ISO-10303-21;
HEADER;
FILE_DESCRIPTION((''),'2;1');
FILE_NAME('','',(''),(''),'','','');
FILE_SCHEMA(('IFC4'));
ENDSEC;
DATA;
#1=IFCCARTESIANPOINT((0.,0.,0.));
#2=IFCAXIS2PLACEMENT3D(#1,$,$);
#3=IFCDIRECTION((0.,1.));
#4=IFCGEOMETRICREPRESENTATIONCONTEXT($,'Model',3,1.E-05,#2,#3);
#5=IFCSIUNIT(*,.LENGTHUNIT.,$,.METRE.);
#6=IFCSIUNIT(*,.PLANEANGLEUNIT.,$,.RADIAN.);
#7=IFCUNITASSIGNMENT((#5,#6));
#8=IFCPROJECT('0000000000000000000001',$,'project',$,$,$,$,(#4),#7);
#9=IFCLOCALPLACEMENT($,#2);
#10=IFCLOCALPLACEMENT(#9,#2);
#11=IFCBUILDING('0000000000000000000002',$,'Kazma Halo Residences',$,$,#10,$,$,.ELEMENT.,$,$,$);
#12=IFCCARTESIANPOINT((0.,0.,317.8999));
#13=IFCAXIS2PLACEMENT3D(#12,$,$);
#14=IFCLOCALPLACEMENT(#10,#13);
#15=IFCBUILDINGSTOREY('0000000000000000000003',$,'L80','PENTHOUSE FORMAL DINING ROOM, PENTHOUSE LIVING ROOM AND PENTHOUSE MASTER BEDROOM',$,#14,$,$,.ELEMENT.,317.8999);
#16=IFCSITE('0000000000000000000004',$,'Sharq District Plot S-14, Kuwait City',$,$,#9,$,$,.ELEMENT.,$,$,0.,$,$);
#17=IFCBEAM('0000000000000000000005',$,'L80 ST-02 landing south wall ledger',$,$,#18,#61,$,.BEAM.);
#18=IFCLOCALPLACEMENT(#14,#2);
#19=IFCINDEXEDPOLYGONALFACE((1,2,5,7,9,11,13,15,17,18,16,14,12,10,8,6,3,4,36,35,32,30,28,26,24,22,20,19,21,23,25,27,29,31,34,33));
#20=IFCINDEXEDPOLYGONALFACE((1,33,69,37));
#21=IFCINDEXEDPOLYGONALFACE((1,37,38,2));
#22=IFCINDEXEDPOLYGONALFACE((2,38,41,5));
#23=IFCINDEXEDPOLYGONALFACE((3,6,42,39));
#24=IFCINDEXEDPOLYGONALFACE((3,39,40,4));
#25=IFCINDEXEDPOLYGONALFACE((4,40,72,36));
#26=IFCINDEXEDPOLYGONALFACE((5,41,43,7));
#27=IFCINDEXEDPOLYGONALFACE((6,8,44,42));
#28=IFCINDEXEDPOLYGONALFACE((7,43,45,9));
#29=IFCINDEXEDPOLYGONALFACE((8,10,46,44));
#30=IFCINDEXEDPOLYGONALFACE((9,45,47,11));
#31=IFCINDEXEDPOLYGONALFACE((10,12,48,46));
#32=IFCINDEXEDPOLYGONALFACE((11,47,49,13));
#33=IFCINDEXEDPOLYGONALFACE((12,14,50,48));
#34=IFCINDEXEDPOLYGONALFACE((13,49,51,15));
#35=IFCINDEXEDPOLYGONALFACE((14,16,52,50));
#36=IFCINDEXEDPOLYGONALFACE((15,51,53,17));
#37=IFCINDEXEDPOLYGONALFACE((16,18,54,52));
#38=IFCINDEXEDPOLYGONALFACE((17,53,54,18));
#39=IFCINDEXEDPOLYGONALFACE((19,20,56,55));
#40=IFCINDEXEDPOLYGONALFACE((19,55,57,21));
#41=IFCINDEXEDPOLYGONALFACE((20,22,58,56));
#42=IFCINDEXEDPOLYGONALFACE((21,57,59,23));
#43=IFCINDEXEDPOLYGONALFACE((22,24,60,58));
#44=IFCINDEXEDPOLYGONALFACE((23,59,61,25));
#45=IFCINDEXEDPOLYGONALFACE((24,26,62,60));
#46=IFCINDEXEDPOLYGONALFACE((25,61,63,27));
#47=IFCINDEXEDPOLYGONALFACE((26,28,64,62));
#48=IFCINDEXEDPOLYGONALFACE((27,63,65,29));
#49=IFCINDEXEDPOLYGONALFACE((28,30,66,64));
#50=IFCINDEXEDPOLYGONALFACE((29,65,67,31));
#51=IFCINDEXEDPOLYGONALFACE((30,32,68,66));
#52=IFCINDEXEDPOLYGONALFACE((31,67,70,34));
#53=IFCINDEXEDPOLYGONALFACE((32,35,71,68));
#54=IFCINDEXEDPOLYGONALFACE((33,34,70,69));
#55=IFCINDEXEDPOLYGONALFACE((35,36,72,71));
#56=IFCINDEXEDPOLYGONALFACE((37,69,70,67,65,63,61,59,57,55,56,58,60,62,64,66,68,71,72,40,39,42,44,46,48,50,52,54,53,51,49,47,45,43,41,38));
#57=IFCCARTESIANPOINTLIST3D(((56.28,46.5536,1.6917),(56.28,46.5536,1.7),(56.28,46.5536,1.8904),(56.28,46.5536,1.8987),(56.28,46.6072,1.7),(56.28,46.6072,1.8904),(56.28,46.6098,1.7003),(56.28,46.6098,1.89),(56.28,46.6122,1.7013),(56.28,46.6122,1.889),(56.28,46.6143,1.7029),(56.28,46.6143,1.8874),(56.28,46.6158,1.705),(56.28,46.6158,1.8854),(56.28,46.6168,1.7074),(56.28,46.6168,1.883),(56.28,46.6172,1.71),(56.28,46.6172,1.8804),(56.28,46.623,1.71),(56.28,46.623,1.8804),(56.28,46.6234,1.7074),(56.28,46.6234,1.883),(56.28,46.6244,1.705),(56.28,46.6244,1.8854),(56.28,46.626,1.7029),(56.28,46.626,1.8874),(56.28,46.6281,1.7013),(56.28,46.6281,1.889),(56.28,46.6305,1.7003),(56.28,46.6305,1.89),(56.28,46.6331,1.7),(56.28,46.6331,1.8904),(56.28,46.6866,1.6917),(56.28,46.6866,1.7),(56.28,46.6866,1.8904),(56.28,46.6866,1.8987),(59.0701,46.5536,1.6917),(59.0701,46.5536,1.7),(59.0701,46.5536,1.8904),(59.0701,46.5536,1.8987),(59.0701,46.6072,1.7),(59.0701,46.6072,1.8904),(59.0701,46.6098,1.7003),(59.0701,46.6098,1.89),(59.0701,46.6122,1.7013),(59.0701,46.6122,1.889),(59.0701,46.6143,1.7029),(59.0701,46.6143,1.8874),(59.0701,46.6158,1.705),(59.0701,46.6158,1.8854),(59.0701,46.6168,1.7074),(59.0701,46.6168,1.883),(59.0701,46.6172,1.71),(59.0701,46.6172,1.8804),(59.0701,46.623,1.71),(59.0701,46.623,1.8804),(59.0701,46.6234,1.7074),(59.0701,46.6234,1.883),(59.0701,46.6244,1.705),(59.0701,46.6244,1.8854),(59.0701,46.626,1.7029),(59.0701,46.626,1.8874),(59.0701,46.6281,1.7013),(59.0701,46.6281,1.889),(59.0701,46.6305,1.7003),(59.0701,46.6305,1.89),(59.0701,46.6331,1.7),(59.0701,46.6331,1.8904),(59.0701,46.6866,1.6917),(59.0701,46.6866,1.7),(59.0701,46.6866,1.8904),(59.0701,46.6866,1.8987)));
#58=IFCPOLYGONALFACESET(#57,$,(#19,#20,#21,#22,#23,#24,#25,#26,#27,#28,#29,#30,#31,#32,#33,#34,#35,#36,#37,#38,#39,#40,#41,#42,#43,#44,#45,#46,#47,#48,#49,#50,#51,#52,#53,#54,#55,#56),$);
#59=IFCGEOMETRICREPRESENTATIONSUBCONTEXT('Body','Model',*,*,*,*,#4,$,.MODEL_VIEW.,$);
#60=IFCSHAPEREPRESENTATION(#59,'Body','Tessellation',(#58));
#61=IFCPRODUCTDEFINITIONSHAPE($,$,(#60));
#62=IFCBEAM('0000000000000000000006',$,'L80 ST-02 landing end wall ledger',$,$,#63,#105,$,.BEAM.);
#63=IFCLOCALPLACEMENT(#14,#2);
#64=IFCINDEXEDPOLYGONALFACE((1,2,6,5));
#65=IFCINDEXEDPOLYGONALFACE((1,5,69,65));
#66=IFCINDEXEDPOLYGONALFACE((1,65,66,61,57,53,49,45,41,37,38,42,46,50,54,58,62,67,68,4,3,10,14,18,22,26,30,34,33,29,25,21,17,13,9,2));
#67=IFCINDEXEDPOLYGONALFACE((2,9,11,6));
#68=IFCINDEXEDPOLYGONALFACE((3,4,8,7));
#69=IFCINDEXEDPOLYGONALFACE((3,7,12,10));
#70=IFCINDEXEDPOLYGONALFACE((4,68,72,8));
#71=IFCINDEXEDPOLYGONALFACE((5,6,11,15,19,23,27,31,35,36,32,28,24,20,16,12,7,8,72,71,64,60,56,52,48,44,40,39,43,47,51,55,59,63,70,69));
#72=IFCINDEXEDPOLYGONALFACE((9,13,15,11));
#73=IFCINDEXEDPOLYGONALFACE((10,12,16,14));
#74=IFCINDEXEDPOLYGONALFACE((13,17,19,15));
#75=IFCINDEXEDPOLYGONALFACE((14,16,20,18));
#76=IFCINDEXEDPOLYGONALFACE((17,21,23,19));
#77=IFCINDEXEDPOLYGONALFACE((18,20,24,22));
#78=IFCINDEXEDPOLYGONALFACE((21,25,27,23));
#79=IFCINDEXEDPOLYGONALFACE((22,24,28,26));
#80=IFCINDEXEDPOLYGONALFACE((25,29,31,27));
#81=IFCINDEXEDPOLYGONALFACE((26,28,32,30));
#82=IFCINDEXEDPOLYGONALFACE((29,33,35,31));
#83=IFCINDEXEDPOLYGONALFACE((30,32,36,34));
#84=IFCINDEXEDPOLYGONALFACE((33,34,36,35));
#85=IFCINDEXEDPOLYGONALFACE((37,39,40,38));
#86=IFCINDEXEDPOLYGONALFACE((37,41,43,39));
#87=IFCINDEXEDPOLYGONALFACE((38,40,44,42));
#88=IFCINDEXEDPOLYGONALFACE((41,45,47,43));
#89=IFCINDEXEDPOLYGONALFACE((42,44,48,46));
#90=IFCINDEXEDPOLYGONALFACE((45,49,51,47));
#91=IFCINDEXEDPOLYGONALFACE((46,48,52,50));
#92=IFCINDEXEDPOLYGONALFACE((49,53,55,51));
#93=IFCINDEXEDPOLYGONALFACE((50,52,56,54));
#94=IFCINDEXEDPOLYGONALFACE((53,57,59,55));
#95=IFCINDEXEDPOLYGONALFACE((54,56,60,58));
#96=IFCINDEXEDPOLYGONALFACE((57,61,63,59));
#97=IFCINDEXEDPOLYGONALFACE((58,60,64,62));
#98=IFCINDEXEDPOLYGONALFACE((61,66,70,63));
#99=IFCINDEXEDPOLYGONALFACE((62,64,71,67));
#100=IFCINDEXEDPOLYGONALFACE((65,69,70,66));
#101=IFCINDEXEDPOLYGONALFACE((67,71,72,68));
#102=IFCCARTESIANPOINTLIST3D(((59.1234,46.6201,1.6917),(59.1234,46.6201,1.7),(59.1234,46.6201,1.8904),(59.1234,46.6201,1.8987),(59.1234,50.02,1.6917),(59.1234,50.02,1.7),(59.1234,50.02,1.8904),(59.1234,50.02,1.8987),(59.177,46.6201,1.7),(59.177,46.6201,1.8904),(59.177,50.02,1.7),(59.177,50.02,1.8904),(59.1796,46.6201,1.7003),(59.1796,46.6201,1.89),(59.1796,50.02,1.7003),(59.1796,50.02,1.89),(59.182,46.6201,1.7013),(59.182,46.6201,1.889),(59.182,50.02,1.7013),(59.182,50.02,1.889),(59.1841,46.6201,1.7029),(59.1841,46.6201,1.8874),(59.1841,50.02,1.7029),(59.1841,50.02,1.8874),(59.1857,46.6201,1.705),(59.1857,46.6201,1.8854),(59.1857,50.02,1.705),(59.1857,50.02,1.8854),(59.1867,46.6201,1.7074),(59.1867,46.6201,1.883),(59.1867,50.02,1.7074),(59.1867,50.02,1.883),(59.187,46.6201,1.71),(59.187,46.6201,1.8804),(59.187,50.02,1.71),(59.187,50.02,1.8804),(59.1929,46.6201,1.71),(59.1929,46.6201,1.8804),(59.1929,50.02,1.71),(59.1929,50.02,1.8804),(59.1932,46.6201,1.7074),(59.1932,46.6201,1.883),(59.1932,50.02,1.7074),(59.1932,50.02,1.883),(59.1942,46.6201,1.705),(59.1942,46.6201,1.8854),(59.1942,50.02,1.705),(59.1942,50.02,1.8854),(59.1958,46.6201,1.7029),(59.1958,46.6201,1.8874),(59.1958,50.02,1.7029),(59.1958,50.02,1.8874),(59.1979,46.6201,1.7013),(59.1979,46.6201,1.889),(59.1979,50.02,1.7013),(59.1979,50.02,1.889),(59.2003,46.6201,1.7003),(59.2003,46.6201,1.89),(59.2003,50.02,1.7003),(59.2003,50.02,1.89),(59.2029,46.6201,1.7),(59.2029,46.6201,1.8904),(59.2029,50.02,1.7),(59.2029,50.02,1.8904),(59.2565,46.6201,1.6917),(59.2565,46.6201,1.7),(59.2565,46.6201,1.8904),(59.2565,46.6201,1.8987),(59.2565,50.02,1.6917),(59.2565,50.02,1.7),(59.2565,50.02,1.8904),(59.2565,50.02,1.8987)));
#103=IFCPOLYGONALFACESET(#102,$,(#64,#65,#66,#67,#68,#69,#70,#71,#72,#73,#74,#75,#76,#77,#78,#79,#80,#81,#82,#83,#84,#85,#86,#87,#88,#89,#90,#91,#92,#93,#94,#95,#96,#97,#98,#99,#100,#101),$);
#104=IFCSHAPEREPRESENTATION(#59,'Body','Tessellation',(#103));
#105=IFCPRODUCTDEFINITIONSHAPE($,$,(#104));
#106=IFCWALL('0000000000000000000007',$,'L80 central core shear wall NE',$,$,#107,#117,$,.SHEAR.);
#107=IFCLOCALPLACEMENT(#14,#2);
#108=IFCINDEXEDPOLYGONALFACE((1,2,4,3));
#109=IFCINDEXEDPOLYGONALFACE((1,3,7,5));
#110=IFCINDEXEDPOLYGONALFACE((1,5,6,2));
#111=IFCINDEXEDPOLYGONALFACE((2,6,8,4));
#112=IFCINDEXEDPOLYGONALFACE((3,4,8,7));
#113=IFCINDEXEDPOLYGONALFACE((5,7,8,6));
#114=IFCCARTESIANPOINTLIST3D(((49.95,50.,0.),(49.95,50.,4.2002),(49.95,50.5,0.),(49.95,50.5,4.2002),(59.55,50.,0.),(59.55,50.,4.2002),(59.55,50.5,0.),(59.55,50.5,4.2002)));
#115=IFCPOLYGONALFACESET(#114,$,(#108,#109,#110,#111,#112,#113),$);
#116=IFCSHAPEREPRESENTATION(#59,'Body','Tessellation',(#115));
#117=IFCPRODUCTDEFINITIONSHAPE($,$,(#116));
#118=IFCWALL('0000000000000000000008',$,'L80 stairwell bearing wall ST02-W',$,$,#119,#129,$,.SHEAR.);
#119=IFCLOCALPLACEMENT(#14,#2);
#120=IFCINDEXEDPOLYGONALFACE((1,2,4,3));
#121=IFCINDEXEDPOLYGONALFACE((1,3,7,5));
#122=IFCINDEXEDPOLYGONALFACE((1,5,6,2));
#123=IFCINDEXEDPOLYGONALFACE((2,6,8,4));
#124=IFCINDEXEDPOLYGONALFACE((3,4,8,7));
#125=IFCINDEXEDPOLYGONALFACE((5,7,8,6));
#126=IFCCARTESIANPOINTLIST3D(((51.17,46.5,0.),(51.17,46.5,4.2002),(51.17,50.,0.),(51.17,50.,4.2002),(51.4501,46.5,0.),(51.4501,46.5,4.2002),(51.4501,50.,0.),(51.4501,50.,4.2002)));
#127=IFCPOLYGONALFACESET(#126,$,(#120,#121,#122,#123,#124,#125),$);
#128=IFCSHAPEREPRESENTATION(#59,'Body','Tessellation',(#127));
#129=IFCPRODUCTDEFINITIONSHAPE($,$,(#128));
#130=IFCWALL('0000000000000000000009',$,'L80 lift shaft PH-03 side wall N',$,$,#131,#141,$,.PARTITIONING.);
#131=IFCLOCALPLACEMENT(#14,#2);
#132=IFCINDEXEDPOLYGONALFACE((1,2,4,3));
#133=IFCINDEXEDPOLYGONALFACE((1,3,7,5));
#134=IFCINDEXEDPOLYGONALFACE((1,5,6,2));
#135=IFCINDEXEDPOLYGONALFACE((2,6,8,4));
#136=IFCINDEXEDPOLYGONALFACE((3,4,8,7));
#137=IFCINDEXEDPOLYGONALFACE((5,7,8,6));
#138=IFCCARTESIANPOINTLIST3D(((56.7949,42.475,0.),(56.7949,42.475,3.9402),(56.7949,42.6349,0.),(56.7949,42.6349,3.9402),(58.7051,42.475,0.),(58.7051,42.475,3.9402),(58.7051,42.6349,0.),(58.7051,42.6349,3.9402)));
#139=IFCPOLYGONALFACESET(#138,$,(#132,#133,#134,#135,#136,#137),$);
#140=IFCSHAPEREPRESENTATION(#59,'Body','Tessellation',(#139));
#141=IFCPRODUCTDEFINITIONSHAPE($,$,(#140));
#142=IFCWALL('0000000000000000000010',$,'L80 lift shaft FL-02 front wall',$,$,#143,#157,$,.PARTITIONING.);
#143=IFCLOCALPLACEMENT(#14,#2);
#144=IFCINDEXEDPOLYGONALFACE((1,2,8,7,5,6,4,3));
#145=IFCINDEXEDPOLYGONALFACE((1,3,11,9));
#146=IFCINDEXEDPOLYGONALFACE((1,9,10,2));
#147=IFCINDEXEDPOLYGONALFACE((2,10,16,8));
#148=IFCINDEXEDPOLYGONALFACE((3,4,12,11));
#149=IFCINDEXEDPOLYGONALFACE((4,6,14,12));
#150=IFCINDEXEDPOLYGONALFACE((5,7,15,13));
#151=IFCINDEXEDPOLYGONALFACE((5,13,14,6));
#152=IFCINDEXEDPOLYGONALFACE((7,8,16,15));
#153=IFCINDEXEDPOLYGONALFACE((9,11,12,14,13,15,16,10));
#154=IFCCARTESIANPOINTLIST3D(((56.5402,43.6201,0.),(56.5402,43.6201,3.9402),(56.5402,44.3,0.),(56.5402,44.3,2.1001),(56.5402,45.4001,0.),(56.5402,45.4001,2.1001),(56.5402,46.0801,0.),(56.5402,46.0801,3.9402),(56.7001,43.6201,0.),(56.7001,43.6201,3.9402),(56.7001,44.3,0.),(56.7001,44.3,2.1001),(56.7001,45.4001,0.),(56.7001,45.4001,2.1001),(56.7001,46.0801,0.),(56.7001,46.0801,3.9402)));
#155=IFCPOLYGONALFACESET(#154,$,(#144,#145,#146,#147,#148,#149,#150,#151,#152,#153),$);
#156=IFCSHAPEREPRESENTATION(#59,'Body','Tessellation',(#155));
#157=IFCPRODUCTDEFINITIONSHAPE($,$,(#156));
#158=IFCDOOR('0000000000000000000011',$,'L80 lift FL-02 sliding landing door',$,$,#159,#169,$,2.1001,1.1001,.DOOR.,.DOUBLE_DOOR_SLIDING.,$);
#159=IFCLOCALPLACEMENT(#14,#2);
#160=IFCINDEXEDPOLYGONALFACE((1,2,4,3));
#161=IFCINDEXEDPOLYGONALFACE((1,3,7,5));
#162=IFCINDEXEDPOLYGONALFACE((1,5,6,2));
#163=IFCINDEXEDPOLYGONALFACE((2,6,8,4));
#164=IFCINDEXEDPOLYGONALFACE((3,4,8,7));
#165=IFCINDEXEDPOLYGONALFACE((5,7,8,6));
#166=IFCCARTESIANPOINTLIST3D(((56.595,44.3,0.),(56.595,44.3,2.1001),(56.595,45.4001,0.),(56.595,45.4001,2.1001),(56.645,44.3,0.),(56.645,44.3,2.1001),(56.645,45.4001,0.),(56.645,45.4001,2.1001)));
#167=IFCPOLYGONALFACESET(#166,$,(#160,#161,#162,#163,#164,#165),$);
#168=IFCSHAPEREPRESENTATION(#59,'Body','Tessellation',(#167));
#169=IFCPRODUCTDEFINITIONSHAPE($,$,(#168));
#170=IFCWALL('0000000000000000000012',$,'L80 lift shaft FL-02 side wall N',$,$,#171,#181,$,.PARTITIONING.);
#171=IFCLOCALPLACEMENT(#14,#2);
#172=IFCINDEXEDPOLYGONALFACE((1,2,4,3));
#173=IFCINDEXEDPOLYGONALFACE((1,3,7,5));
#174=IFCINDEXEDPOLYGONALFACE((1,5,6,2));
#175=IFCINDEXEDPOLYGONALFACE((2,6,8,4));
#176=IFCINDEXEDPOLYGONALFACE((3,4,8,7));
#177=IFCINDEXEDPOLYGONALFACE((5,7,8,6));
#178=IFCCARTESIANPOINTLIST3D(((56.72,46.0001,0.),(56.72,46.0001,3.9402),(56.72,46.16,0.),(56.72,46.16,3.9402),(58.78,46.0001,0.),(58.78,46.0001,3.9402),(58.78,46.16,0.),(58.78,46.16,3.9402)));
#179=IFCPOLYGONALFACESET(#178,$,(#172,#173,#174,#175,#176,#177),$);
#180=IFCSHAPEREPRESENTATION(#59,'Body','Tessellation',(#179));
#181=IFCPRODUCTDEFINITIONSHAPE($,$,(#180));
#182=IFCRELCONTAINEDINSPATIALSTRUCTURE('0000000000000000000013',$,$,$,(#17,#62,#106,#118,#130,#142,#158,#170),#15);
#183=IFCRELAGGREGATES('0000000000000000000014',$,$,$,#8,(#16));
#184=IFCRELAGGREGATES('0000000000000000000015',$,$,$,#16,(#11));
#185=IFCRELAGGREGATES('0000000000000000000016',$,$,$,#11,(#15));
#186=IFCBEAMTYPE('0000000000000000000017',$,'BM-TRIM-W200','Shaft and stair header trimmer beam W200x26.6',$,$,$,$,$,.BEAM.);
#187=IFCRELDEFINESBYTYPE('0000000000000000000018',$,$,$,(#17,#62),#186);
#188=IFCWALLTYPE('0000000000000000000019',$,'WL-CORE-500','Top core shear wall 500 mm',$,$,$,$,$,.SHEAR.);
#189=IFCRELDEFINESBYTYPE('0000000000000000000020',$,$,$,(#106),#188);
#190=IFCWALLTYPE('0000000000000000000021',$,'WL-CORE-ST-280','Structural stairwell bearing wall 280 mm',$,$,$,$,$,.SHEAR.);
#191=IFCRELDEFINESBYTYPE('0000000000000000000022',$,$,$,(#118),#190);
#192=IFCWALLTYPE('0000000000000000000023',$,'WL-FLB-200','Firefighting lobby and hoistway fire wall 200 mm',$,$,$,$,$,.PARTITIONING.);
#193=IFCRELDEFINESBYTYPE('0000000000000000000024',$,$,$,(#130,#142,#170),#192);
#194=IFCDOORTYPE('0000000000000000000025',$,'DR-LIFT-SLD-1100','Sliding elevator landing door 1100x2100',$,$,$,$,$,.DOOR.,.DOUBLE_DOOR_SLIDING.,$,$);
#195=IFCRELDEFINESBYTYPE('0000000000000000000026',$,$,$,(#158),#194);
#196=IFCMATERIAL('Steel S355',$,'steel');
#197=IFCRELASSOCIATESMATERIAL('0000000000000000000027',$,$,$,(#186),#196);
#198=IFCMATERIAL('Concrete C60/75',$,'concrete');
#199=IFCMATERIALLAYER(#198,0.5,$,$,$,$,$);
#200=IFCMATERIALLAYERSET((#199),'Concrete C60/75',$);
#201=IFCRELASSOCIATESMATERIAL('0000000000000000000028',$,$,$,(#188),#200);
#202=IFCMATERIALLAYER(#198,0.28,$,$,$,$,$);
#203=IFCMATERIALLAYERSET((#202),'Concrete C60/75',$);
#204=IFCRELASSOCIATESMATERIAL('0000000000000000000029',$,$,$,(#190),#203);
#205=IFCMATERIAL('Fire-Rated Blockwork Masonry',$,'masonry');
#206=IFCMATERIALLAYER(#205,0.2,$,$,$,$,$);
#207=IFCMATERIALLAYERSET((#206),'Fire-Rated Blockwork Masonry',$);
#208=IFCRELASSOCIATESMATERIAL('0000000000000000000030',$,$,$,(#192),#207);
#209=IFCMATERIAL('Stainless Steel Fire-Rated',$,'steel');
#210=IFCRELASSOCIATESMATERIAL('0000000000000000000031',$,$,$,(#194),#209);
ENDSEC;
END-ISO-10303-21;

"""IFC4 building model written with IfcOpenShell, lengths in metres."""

from ifc_helpers import new_model, si_unit, direction, frame, frame_2d, origin, origin_2d, place, context, subcontext, project, spatial, rectangle, i_section, extrude, material, layer, layer_set, material_profile, profile_set, type_object, element, fill, save


model = new_model("IFC4")

# Units and contexts
model_context = context("Model", 3, precision=1e-05, world=origin(), true_north=direction((0.0, 1.0)))
body_context = subcontext(model_context, "Body", "Model", "MODEL_VIEW")
ifc_project = project(units=[si_unit("LENGTHUNIT", "METRE"), si_unit("PLANEANGLEUNIT", "RADIAN")], contexts=[model_context])

# Site, building, storey
site_placement = place(None, origin())
site = spatial("IfcSite", under=ifc_project, at=site_placement, Name="Sharq District Plot S-14, Kuwait City", CompositionType="ELEMENT", RefElevation=0.0)
building_placement = place(site_placement, origin())
building = spatial("IfcBuilding", under=site, at=building_placement, Name="Kazma Halo Residences", CompositionType="ELEMENT")
storey_placement = place(building_placement, frame((0.0, 0.0, 317.8999)))
storey = spatial("IfcBuildingStorey", under=building, at=storey_placement, Name="L80", Description="PENTHOUSE FORMAL DINING ROOM, PENTHOUSE LIVING ROOM AND PENTHOUSE MASTER BEDROOM", CompositionType="ELEMENT", Elevation=317.8999)

# Shared definitions
ifc_material_1 = material(Name="Steel S355", Category="steel")

# Beams
ifc_material_profile_1 = material_profile(ifc_material_1, i_section(OverallWidth=0.1331, OverallDepth=0.207, WebThickness=0.0059, FlangeThickness=0.0083, FilletRadius=0.01, at=origin_2d()), Name="W200x26.6")
ifc_profile_set_1 = profile_set([ifc_material_profile_1], Name="Steel S355")
beam_type = type_object("IfcBeamType", Name="BM-TRIM-W200", Description="Shaft and stair header trimmer beam W200x26.6", PredefinedType="BEAM", material=ifc_profile_set_1)
beam_1_placement = place(storey_placement, frame((56.28, 46.6201, 1.7952), z_axis=(1.0, 0.0, 0.0), x_axis=(0.0, 1.0, 0.0)))
element("IfcBeam", 1, at=beam_1_placement, inside=storey, type_object=beam_type, Name="L80 ST-02 landing south wall ledger", PredefinedType="BEAM", context=body_context, shape_type="SweptSolid", body=[
    extrude(i_section(OverallWidth=0.1331, OverallDepth=0.207, WebThickness=0.0059, FlangeThickness=0.0083, FilletRadius=0.01, at=origin_2d()), origin(), (0.0, 0.0, 1.0), 2.79),
])
beam_2_placement = place(storey_placement, frame((59.1899, 46.6201, 1.7952), z_axis=(0.0, 1.0, 0.0), x_axis=(-1.0, 0.0, 0.0)))
element("IfcBeam", 2, at=beam_2_placement, inside=storey, type_object=beam_type, Name="L80 ST-02 landing end wall ledger", PredefinedType="BEAM", context=body_context, shape_type="SweptSolid", body=[
    extrude(i_section(OverallWidth=0.1331, OverallDepth=0.207, WebThickness=0.0059, FlangeThickness=0.0083, FilletRadius=0.01, at=origin_2d()), origin(), (0.0, 0.0, 1.0), 3.3999),
])

# Walls
ifc_material_2 = material(Name="Concrete C60/75", Category="concrete")
ifc_layer_1 = layer(ifc_material_2, 0.5)
ifc_layer_set_1 = layer_set([ifc_layer_1], Name="Concrete C60/75")
wall_type_1 = type_object("IfcWallType", Name="WL-CORE-500", Description="Top core shear wall 500 mm", PredefinedType="SHEAR", material=ifc_layer_set_1)
wall_1_placement = place(storey_placement, frame((49.95, 50.25, 0.0), z_axis=(0.0, 0.0, 1.0), x_axis=(1.0, 0.0, 0.0)))
element("IfcWall", 3, at=wall_1_placement, inside=storey, type_object=wall_type_1, Name="L80 central core shear wall NE", PredefinedType="SHEAR", context=body_context, shape_type="SweptSolid", body=[
    extrude(rectangle(XDim=9.6001, YDim=0.5, at=frame_2d((4.8, 0.0))), origin(), (0.0, 0.0, 1.0), 4.2002),
])
ifc_layer_2 = layer(ifc_material_2, 0.28)
ifc_layer_set_2 = layer_set([ifc_layer_2], Name="Concrete C60/75")
wall_type_2 = type_object("IfcWallType", Name="WL-CORE-ST-280", Description="Structural stairwell bearing wall 280 mm", PredefinedType="SHEAR", material=ifc_layer_set_2)
wall_2_placement = place(storey_placement, frame((51.3101, 46.5, 0.0), z_axis=(0.0, 0.0, 1.0), x_axis=(0.0, 1.0, 0.0)))
element("IfcWall", 4, at=wall_2_placement, inside=storey, type_object=wall_type_2, Name="L80 stairwell bearing wall ST02-W", PredefinedType="SHEAR", context=body_context, shape_type="SweptSolid", body=[
    extrude(rectangle(XDim=3.5, YDim=0.28, at=frame_2d((1.75, 0.0))), origin(), (0.0, 0.0, 1.0), 4.2002),
])
ifc_material_3 = material(Name="Fire-Rated Blockwork Masonry", Category="masonry")
ifc_layer_3 = layer(ifc_material_3, 0.2)
ifc_layer_set_3 = layer_set([ifc_layer_3], Name="Fire-Rated Blockwork Masonry")
wall_type_3 = type_object("IfcWallType", Name="WL-FLB-200", Description="Firefighting lobby and hoistway fire wall 200 mm", PredefinedType="PARTITIONING", material=ifc_layer_set_3)
wall_3_placement = place(storey_placement, frame((56.7949, 42.5549, 0.0), z_axis=(0.0, 0.0, 1.0), x_axis=(1.0, 0.0, 0.0)))
element("IfcWall", 5, at=wall_3_placement, inside=storey, type_object=wall_type_3, Name="L80 lift shaft PH-03 side wall N", PredefinedType="PARTITIONING", context=body_context, shape_type="SweptSolid", body=[
    extrude(rectangle(XDim=1.9102, YDim=0.1599, at=frame_2d((0.9551, 0.0))), origin(), (0.0, 0.0, 1.0), 3.9402),
])

# Wall, opening, door
wall_4_placement = place(storey_placement, frame((56.6201, 46.0801, 0.0), z_axis=(0.0, 0.0, 1.0), x_axis=(0.0, -1.0, 0.0)))
wall_4 = element("IfcWall", 6, at=wall_4_placement, inside=storey, type_object=wall_type_3, Name="L80 lift shaft FL-02 front wall", PredefinedType="PARTITIONING", context=body_context, shape_type="SweptSolid", body=[
    extrude(rectangle(XDim=2.46, YDim=0.1599, at=frame_2d((1.23, 0.0))), origin(), (0.0, 0.0, 1.0), 3.9402),
])
opening_1_placement = place(wall_4_placement, frame((0.6799, 0.0, 0.0)))
opening_1 = element("IfcOpeningElement", 7, at=opening_1_placement, cuts=wall_4, PredefinedType="OPENING", context=body_context, shape_type="SweptSolid", body=[
    extrude(rectangle(XDim=1.1001, YDim=2.1001, at=frame_2d((0.55, 1.05))), frame((0.0, 0.0898, 0.0), z_axis=(0.0, -1.0, 0.0), x_axis=(1.0, 0.0, 0.0)), (0.0, 0.0, 1.0), 0.1799),
])
ifc_material_4 = material(Name="Stainless Steel Fire-Rated", Category="steel")
door_type_1 = type_object("IfcDoorType", Name="DR-LIFT-SLD-1100", Description="Sliding elevator landing door 1100x2100", OperationType="DOUBLE_DOOR_SLIDING", PredefinedType="DOOR", material=ifc_material_4)
door_1_placement = place(opening_1_placement, origin())
door_1 = element("IfcDoor", 8, at=door_1_placement, inside=storey, type_object=door_type_1, Name="L80 lift FL-02 sliding landing door", OperationType="DOUBLE_DOOR_SLIDING", OverallHeight=2.1001, OverallWidth=1.1001, PredefinedType="DOOR", context=body_context, shape_type="SweptSolid", body=[
    extrude(rectangle(XDim=1.1001, YDim=2.1001, at=frame_2d((0.55, 1.05))), frame((0.0, 0.0249, 0.0), z_axis=(0.0, -1.0, 0.0), x_axis=(1.0, 0.0, 0.0)), (0.0, 0.0, 1.0), 0.05),
])
fill(opening_1, door_1)

# Wall
for number, where, z_axis, x_axis, name in (
    (9, (56.72, 46.0801, 0.0), (0.0, 0.0, 1.0), (1.0, 0.0, 0.0), "L80 lift shaft FL-02 side wall N"),
):
    element("IfcWall", number, at=place(storey_placement, frame(where, z_axis=z_axis, x_axis=x_axis)), inside=storey, type_object=wall_type_3, Name=name, PredefinedType="PARTITIONING", context=body_context, shape_type="SweptSolid", body=[
        extrude(rectangle(XDim=2.0601, YDim=0.1599, at=frame_2d((1.03, 0.0))), origin(), (0.0, 0.0, 1.0), 3.9402),
    ])

save(model, "model.ifc")
